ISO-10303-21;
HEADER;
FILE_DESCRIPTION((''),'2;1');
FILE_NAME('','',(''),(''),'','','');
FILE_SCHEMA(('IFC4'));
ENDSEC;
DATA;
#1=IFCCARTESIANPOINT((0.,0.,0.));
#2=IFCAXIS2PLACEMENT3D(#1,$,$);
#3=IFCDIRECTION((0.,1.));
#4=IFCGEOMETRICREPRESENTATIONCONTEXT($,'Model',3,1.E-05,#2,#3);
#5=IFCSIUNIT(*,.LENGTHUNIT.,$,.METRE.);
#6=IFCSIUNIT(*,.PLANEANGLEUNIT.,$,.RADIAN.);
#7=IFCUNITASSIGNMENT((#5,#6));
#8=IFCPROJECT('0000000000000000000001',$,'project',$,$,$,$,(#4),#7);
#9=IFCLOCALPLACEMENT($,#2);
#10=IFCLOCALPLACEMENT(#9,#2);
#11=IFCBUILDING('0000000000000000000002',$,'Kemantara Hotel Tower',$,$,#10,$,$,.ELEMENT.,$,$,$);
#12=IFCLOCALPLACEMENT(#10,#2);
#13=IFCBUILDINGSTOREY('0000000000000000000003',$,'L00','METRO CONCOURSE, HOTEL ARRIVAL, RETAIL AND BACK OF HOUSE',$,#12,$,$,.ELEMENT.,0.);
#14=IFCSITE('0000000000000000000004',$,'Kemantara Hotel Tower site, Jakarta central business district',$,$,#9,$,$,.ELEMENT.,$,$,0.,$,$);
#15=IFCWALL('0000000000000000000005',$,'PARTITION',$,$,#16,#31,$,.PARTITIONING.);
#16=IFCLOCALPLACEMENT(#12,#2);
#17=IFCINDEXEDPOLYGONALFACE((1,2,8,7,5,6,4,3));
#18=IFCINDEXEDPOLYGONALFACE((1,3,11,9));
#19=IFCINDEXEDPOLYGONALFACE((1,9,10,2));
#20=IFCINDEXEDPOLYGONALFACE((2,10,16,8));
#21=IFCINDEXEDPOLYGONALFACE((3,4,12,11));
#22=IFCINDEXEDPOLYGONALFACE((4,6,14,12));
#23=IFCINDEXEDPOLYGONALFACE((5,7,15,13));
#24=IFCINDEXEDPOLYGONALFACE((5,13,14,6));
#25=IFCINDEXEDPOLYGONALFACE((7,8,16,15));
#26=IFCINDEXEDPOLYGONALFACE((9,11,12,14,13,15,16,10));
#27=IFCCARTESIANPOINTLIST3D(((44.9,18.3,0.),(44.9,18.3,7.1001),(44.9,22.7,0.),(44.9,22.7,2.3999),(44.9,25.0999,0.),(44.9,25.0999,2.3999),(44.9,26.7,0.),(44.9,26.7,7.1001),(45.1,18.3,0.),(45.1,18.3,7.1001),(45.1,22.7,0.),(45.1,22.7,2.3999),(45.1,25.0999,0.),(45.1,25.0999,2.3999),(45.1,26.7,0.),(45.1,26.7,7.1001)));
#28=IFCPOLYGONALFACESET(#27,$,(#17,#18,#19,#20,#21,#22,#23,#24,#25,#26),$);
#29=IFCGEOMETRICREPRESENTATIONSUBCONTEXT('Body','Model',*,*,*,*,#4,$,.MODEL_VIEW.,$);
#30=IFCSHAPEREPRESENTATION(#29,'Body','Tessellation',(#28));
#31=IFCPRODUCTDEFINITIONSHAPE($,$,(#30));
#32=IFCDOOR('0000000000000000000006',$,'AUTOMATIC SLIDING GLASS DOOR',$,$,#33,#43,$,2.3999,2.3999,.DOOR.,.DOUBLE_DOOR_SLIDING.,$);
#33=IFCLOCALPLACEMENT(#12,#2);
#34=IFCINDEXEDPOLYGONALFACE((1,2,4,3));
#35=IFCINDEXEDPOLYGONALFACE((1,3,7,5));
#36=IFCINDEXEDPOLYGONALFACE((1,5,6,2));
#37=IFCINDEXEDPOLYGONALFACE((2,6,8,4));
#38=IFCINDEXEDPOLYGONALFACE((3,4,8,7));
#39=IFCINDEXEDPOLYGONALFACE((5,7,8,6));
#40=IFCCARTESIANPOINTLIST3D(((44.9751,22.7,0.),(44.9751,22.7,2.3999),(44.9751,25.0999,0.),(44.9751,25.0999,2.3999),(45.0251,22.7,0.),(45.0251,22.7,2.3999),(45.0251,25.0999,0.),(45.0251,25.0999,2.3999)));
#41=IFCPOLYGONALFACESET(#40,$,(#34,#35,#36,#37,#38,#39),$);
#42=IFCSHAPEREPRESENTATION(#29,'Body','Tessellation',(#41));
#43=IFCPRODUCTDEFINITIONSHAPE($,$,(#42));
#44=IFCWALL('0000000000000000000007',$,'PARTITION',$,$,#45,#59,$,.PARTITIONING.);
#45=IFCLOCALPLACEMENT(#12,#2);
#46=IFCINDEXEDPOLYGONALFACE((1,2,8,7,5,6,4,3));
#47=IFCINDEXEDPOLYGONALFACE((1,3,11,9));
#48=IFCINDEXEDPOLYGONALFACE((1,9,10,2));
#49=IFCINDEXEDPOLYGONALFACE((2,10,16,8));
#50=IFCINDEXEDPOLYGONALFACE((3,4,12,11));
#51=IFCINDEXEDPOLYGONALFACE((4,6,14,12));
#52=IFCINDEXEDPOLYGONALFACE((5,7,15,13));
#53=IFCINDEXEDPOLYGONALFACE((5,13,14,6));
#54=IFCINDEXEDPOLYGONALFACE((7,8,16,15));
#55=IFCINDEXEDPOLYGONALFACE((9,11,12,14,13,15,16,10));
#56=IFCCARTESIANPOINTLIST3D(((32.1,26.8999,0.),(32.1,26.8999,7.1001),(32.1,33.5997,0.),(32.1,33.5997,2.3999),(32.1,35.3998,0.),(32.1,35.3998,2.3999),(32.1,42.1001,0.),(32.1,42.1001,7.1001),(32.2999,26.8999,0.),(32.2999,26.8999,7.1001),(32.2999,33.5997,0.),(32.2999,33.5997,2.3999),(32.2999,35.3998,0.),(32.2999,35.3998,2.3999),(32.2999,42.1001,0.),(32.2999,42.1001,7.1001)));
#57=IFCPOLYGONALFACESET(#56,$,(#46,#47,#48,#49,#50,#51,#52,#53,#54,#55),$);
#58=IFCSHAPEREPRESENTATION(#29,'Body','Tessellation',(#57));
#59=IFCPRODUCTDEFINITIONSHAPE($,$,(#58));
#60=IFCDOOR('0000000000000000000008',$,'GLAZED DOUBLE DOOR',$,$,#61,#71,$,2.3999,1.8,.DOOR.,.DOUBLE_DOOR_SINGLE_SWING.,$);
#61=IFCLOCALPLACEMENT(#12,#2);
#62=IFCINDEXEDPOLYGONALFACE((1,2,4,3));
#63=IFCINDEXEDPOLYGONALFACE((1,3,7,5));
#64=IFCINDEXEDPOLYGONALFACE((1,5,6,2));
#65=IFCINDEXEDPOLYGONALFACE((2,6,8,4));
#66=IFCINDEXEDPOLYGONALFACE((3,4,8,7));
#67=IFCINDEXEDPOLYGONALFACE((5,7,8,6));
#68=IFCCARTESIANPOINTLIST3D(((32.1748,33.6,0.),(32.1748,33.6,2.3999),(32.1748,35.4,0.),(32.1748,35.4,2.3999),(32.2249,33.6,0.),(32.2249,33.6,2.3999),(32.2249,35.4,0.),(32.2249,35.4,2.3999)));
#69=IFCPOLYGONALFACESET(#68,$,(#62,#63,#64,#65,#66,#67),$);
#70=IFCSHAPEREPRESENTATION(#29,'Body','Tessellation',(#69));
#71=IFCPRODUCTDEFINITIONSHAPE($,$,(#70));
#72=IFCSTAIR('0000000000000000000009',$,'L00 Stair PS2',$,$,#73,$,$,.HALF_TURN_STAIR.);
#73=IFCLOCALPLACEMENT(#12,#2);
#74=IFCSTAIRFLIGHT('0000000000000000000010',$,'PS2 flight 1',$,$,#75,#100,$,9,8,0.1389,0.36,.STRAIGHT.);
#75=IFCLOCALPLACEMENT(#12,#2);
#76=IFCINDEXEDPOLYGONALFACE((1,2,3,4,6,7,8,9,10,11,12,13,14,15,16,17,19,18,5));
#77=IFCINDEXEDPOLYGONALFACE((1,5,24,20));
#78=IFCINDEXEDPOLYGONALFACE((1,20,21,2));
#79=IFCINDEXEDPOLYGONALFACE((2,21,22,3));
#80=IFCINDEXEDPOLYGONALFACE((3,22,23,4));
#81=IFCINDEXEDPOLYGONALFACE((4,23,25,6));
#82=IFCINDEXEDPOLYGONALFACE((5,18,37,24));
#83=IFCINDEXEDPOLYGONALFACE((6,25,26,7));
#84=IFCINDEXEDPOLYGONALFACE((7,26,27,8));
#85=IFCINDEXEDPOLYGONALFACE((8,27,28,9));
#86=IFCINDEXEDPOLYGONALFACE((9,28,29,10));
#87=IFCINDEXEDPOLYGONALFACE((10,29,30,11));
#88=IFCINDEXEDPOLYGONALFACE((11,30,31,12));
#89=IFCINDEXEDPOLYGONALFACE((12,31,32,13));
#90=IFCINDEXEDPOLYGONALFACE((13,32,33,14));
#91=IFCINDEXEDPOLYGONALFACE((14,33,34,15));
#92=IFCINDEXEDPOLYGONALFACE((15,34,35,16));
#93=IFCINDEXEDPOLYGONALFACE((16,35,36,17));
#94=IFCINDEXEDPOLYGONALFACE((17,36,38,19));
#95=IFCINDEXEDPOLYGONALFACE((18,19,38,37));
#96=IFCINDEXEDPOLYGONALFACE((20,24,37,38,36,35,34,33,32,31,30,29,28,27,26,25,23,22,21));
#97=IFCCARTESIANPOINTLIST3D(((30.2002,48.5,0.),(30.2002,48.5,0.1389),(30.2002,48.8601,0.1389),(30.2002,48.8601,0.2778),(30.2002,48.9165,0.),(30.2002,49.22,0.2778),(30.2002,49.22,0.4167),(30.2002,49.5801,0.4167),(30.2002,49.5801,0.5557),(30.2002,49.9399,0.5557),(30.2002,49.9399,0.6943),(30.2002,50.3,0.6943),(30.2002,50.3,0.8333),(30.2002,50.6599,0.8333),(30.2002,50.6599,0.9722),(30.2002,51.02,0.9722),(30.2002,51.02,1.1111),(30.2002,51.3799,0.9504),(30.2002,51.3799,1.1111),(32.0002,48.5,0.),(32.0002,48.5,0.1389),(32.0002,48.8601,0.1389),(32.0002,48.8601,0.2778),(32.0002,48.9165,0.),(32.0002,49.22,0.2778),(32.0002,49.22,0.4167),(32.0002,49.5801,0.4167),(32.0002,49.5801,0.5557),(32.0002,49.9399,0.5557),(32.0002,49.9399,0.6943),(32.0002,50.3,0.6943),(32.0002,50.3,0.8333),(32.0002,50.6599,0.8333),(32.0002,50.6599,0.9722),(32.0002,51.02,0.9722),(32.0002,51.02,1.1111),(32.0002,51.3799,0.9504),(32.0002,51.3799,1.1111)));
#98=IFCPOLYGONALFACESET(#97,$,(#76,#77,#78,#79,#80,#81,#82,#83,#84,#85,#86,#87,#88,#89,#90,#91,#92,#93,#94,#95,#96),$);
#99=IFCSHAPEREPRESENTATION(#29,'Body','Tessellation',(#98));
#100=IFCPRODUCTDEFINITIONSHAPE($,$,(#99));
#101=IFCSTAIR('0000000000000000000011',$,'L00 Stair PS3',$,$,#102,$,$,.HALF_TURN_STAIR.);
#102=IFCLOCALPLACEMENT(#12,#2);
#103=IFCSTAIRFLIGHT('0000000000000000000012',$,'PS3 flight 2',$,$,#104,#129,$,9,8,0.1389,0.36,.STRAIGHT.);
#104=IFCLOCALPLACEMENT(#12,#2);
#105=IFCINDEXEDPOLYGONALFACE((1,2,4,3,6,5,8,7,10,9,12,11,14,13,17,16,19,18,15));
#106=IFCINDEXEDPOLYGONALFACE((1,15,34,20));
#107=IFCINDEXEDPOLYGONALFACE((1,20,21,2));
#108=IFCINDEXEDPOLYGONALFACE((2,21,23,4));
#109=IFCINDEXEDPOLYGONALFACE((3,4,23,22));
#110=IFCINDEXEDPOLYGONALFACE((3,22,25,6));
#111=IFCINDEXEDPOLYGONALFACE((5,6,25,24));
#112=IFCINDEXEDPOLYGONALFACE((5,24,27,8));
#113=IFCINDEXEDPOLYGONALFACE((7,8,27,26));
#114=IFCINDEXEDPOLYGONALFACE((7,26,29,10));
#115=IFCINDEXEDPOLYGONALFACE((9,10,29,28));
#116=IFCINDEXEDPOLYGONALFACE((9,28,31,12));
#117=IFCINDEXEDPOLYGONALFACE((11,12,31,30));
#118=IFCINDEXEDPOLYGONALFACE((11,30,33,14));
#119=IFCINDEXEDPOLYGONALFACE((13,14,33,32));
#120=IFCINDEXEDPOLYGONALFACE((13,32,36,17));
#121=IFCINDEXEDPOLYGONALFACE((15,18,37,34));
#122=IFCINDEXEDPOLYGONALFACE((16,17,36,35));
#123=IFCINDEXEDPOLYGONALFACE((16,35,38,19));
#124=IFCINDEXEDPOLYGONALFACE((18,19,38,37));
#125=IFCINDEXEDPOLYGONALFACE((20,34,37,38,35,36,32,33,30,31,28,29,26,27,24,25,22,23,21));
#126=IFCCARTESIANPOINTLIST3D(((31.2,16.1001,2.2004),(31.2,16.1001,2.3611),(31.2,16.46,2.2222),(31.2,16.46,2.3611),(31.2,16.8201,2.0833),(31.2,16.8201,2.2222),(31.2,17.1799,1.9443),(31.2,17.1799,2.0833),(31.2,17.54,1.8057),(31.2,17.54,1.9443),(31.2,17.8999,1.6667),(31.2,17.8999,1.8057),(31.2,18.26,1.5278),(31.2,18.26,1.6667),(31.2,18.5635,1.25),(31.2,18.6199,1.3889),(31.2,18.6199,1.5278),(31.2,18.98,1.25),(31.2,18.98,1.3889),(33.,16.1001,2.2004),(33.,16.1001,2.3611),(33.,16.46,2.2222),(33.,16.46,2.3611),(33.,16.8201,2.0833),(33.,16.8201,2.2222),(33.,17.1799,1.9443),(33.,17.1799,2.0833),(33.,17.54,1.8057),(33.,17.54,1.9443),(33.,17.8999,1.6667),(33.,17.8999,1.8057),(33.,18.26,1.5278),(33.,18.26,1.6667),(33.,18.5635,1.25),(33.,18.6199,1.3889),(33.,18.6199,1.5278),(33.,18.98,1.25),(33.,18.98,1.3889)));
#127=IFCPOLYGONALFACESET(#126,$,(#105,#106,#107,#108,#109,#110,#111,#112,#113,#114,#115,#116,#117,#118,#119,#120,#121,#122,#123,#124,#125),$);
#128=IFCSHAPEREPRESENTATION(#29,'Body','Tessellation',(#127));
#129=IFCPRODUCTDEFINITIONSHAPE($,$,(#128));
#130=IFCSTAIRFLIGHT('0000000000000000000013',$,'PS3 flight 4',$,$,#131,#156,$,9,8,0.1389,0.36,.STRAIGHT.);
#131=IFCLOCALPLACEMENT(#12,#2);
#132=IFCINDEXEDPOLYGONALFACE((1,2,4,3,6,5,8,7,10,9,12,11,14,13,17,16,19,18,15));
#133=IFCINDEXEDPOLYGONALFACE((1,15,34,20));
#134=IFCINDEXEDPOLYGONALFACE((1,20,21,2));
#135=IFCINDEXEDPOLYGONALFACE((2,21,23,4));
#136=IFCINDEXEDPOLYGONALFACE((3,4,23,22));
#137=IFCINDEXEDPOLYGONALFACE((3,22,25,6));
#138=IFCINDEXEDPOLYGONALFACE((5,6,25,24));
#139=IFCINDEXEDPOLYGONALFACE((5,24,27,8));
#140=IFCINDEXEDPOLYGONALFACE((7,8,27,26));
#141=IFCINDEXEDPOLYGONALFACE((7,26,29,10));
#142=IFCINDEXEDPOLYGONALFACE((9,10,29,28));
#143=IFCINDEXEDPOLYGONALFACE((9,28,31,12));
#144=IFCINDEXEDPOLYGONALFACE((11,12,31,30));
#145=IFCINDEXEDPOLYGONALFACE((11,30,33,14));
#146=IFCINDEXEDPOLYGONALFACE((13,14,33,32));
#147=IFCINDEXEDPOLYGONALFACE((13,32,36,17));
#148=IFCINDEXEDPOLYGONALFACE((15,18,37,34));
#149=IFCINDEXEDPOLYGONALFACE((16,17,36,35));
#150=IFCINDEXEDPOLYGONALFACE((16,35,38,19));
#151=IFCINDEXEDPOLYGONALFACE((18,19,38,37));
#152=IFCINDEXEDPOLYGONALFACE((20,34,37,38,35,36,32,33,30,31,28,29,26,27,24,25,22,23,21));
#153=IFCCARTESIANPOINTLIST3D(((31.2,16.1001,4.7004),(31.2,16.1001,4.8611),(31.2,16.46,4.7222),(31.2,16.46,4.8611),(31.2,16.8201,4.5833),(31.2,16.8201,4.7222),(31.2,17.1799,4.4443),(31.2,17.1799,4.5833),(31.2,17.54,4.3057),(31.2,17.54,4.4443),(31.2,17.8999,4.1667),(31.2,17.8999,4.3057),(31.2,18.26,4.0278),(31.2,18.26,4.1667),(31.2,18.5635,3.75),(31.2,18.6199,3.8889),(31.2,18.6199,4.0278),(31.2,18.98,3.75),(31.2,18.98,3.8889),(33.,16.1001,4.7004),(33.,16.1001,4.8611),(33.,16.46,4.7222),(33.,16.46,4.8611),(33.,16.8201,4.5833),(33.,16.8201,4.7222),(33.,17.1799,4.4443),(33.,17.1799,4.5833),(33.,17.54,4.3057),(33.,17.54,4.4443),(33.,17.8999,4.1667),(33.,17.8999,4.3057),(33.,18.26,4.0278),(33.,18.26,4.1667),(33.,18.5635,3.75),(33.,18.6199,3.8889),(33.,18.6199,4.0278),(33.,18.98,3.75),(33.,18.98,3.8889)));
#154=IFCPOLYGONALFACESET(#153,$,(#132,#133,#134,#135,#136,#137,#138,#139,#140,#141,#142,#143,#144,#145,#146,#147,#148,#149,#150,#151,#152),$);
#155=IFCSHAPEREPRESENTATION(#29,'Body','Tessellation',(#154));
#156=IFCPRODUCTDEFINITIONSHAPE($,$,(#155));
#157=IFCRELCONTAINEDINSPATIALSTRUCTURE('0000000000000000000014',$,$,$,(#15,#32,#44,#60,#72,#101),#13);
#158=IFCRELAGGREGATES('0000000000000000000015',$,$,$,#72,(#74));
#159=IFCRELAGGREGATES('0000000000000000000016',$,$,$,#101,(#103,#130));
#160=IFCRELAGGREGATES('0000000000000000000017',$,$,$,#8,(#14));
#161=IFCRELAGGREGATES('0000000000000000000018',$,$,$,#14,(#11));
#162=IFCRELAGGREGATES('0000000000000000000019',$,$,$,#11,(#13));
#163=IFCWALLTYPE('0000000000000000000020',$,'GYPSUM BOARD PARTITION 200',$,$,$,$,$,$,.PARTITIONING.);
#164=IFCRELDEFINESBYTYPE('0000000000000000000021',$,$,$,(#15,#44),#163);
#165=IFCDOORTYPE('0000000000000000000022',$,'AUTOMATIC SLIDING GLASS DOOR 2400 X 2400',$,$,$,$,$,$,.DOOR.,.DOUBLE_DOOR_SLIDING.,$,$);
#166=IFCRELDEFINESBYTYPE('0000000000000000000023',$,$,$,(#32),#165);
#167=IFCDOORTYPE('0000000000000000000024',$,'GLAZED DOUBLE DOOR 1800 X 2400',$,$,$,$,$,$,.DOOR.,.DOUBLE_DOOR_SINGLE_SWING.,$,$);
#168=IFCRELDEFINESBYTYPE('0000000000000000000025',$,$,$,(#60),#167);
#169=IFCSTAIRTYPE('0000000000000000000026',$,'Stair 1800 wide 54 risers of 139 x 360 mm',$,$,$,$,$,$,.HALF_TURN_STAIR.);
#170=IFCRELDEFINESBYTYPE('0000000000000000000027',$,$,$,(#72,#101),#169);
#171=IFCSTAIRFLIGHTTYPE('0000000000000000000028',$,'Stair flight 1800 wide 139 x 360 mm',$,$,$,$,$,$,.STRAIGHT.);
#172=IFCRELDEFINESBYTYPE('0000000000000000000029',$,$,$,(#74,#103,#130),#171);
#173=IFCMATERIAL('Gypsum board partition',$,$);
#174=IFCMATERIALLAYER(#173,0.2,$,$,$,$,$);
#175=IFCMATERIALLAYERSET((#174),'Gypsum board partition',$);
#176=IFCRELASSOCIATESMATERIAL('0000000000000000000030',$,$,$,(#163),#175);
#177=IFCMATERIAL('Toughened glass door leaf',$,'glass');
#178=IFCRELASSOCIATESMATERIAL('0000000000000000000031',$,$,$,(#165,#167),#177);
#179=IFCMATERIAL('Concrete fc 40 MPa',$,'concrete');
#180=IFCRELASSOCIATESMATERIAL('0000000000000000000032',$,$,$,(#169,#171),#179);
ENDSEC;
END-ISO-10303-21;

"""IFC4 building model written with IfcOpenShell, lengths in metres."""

from ifc_helpers import new_model, si_unit, direction, frame, frame_2d, origin, place, context, subcontext, project, spatial, polyline, rectangle, outline, extrude, material, layer, layer_set, type_object, element, fill, aggregate, save


model = new_model("IFC4")

# Units and contexts
model_context = context("Model", 3, precision=1e-05, world=origin(), true_north=direction((0.0, 1.0)))
body_context = subcontext(model_context, "Body", "Model", "MODEL_VIEW")
ifc_project = project(units=[si_unit("LENGTHUNIT", "METRE"), si_unit("PLANEANGLEUNIT", "RADIAN")], contexts=[model_context])

# Site, building, storey
site_placement = place(None, origin())
site = spatial("IfcSite", under=ifc_project, at=site_placement, Name="Kemantara Hotel Tower site, Jakarta central business district", CompositionType="ELEMENT", RefElevation=0.0)
building_placement = place(site_placement, origin())
building = spatial("IfcBuilding", under=site, at=building_placement, Name="Kemantara Hotel Tower", CompositionType="ELEMENT")
storey_placement = place(building_placement, origin())
storey = spatial("IfcBuildingStorey", under=building, at=storey_placement, Name="L00", Description="METRO CONCOURSE, HOTEL ARRIVAL, RETAIL AND BACK OF HOUSE", CompositionType="ELEMENT", Elevation=0.0)

# Shared definitions
ifc_material_1 = material(Name="Concrete fc 40 MPa", Category="concrete")

# Walls, openings, doors
ifc_material_2 = material(Name="Gypsum board partition")
ifc_layer_1 = layer(ifc_material_2, 0.2)
ifc_layer_set_1 = layer_set([ifc_layer_1], Name="Gypsum board partition")
wall_type_1 = type_object("IfcWallType", Name="GYPSUM BOARD PARTITION 200", PredefinedType="PARTITIONING", material=ifc_layer_set_1)
wall_1_placement = place(storey_placement, frame((45.0, 18.3, 0.0), z_axis=(0.0, 0.0, 1.0), x_axis=(0.0, 1.0, 0.0)))
wall_1 = element("IfcWall", 1, at=wall_1_placement, inside=storey, type_object=wall_type_1, Name="PARTITION", PredefinedType="PARTITIONING", context=body_context, shape_type="SweptSolid", body=[
    extrude(rectangle(XDim=8.3999, YDim=0.2, at=frame_2d((4.2, 0.0))), origin(), (0.0, 0.0, 1.0), 7.1001),
])
opening_1_placement = place(wall_1_placement, frame((4.3999, 0.0, 0.0)))
opening_1 = element("IfcOpeningElement", 2, at=opening_1_placement, cuts=wall_1, PredefinedType="OPENING", context=body_context, shape_type="SweptSolid", body=[
    extrude(rectangle(XDim=2.3999, YDim=2.3999, at=frame_2d((1.2, 1.2))), frame((0.0, 0.1099, 0.0), z_axis=(0.0, -1.0, 0.0), x_axis=(1.0, 0.0, 0.0)), (0.0, 0.0, 1.0), 0.22),
])
ifc_material_3 = material(Name="Toughened glass door leaf", Category="glass")
door_type_1 = type_object("IfcDoorType", Name="AUTOMATIC SLIDING GLASS DOOR 2400 X 2400", OperationType="DOUBLE_DOOR_SLIDING", PredefinedType="DOOR", material=ifc_material_3)
door_1_placement = place(opening_1_placement, origin())
door_1 = element("IfcDoor", 3, at=door_1_placement, inside=storey, type_object=door_type_1, Name="AUTOMATIC SLIDING GLASS DOOR", OperationType="DOUBLE_DOOR_SLIDING", OverallHeight=2.3999, OverallWidth=2.3999, PredefinedType="DOOR", context=body_context, shape_type="SweptSolid", body=[
    extrude(rectangle(XDim=2.3999, YDim=2.3999, at=frame_2d((1.2, 1.2))), frame((0.0, 0.0249, 0.0), z_axis=(0.0, -1.0, 0.0), x_axis=(1.0, 0.0, 0.0)), (0.0, 0.0, 1.0), 0.05),
])
fill(opening_1, door_1)
wall_2_placement = place(storey_placement, frame((32.2, 26.8999, 0.0), z_axis=(0.0, 0.0, 1.0), x_axis=(0.0, 1.0, 0.0)))
wall_2 = element("IfcWall", 4, at=wall_2_placement, inside=storey, type_object=wall_type_1, Name="PARTITION", PredefinedType="PARTITIONING", context=body_context, shape_type="SweptSolid", body=[
    extrude(rectangle(XDim=15.2002, YDim=0.2, at=frame_2d((7.6001, 0.0))), origin(), (0.0, 0.0, 1.0), 7.1001),
])
opening_2_placement = place(wall_2_placement, frame((6.7, 0.0, 0.0)))
opening_2 = element("IfcOpeningElement", 5, at=opening_2_placement, cuts=wall_2, PredefinedType="OPENING", context=body_context, shape_type="SweptSolid", body=[
    extrude(rectangle(XDim=1.8, YDim=2.3999, at=frame_2d((0.8999, 1.2))), frame((0.0, 0.1099, 0.0), z_axis=(0.0, -1.0, 0.0), x_axis=(1.0, 0.0, 0.0)), (0.0, 0.0, 1.0), 0.22),
])
door_type_2 = type_object("IfcDoorType", Name="GLAZED DOUBLE DOOR 1800 X 2400", OperationType="DOUBLE_DOOR_SINGLE_SWING", PredefinedType="DOOR", material=ifc_material_3)
door_2_placement = place(opening_2_placement, frame((1.8, 0.0, 0.0), z_axis=(0.0, 0.0, 1.0), x_axis=(-1.0, 0.0, 0.0)))
door_2 = element("IfcDoor", 6, at=door_2_placement, inside=storey, type_object=door_type_2, Name="GLAZED DOUBLE DOOR", OperationType="DOUBLE_DOOR_SINGLE_SWING", OverallHeight=2.3999, OverallWidth=1.8, PredefinedType="DOOR", context=body_context, shape_type="SweptSolid", body=[
    extrude(rectangle(XDim=1.8, YDim=2.3999, at=frame_2d((0.8999, 1.2))), frame((0.0, 0.0249, 0.0), z_axis=(0.0, -1.0, 0.0), x_axis=(1.0, 0.0, 0.0)), (0.0, 0.0, 1.0), 0.05),
])
fill(opening_2, door_2)

# Stair, stair flight
stair_type = type_object("IfcStairType", Name="Stair 1800 wide 54 risers of 139 x 360 mm", PredefinedType="HALF_TURN_STAIR", material=ifc_material_1)
stair_1_placement = place(storey_placement, origin())
stair_1 = element("IfcStair", 7, at=stair_1_placement, inside=storey, type_object=stair_type, Name="L00 Stair PS2", PredefinedType="HALF_TURN_STAIR")
stair_flight_type = type_object("IfcStairFlightType", Name="Stair flight 1800 wide 139 x 360 mm", PredefinedType="STRAIGHT", material=ifc_material_1)
stair_flight_1_placement = place(storey_placement, frame((31.1001, 48.5, 0.0), z_axis=(0.0, 0.0, 1.0), x_axis=(0.0, 1.0, 0.0)))
stair_flight_1 = element("IfcStairFlight", 8, at=stair_flight_1_placement, type_object=stair_flight_type, Name="PS2 flight 1", NumberOfRisers=9, NumberOfTreads=8, PredefinedType="STRAIGHT", RiserHeight=0.1389, TreadLength=0.36, context=body_context, shape_type="SweptSolid", body=[
    extrude(outline(polyline([(0.0, 0.0), (0.0, 0.1389), (0.3601, 0.1389), (0.3601, 0.2778), (0.72, 0.2778), (0.72, 0.4167), (1.0801, 0.4167), (1.0801, 0.5557), (1.4399, 0.5557), (1.4399, 0.6943), (1.8, 0.6943), (1.8, 0.8333), (2.1599, 0.8333), (2.1599, 0.9722), (2.52, 0.9722), (2.52, 1.1111), (2.8799, 1.1111), (2.8799, 1.25), (2.8799, 0.9504), (0.4165, 0.0), (0.0, 0.0)])), frame((0.0, 0.8999, 0.0), z_axis=(0.0, -1.0, 0.0), x_axis=(1.0, 0.0, 0.0)), (0.0, 0.0, 1.0), 1.8),
])
aggregate(stair_1, [stair_flight_1])

# Stair, stair flights
stair_2_placement = place(storey_placement, origin())
stair_2 = element("IfcStair", 9, at=stair_2_placement, inside=storey, type_object=stair_type, Name="L00 Stair PS3", PredefinedType="HALF_TURN_STAIR")
stair_flight_2_placement = place(storey_placement, frame((32.1001, 18.98, 1.25), z_axis=(0.0, 0.0, 1.0), x_axis=(0.0, -1.0, 0.0)))
stair_flight_2 = element("IfcStairFlight", 10, at=stair_flight_2_placement, type_object=stair_flight_type, Name="PS3 flight 2", NumberOfRisers=9, NumberOfTreads=8, PredefinedType="STRAIGHT", RiserHeight=0.1389, TreadLength=0.36, context=body_context, shape_type="SweptSolid", body=[
    extrude(outline(polyline([(0.0, 0.0), (0.0, 0.1389), (0.3601, 0.1389), (0.3601, 0.2778), (0.72, 0.2778), (0.72, 0.4167), (1.0801, 0.4167), (1.0801, 0.5557), (1.4399, 0.5557), (1.4399, 0.6943), (1.8, 0.6943), (1.8, 0.8333), (2.1599, 0.8333), (2.1599, 0.9722), (2.52, 0.9722), (2.52, 1.1111), (2.8799, 1.1111), (2.8799, 1.25), (2.8799, 0.9504), (0.4165, 0.0), (0.0, 0.0)])), frame((0.0, 0.8999, 0.0), z_axis=(0.0, -1.0, 0.0), x_axis=(1.0, 0.0, 0.0)), (0.0, 0.0, 1.0), 1.8),
])
stair_flight_3_placement = place(storey_placement, frame((32.1001, 18.98, 3.75), z_axis=(0.0, 0.0, 1.0), x_axis=(0.0, -1.0, 0.0)))
stair_flight_3 = element("IfcStairFlight", 11, at=stair_flight_3_placement, type_object=stair_flight_type, Name="PS3 flight 4", NumberOfRisers=9, NumberOfTreads=8, PredefinedType="STRAIGHT", RiserHeight=0.1389, TreadLength=0.36, context=body_context, shape_type="SweptSolid", body=[
    extrude(outline(polyline([(0.0, 0.0), (0.0, 0.1389), (0.3601, 0.1389), (0.3601, 0.2778), (0.72, 0.2778), (0.72, 0.4167), (1.0801, 0.4167), (1.0801, 0.5557), (1.4399, 0.5557), (1.4399, 0.6943), (1.8, 0.6943), (1.8, 0.8333), (2.1599, 0.8333), (2.1599, 0.9722), (2.52, 0.9722), (2.52, 1.1111), (2.8799, 1.1111), (2.8799, 1.25), (2.8799, 0.9504), (0.4165, 0.0), (0.0, 0.0)])), frame((0.0, 0.8999, 0.0), z_axis=(0.0, -1.0, 0.0), x_axis=(1.0, 0.0, 0.0)), (0.0, 0.0, 1.0), 1.8),
])
aggregate(stair_2, [stair_flight_2, stair_flight_3])

save(model, "model.ifc")
